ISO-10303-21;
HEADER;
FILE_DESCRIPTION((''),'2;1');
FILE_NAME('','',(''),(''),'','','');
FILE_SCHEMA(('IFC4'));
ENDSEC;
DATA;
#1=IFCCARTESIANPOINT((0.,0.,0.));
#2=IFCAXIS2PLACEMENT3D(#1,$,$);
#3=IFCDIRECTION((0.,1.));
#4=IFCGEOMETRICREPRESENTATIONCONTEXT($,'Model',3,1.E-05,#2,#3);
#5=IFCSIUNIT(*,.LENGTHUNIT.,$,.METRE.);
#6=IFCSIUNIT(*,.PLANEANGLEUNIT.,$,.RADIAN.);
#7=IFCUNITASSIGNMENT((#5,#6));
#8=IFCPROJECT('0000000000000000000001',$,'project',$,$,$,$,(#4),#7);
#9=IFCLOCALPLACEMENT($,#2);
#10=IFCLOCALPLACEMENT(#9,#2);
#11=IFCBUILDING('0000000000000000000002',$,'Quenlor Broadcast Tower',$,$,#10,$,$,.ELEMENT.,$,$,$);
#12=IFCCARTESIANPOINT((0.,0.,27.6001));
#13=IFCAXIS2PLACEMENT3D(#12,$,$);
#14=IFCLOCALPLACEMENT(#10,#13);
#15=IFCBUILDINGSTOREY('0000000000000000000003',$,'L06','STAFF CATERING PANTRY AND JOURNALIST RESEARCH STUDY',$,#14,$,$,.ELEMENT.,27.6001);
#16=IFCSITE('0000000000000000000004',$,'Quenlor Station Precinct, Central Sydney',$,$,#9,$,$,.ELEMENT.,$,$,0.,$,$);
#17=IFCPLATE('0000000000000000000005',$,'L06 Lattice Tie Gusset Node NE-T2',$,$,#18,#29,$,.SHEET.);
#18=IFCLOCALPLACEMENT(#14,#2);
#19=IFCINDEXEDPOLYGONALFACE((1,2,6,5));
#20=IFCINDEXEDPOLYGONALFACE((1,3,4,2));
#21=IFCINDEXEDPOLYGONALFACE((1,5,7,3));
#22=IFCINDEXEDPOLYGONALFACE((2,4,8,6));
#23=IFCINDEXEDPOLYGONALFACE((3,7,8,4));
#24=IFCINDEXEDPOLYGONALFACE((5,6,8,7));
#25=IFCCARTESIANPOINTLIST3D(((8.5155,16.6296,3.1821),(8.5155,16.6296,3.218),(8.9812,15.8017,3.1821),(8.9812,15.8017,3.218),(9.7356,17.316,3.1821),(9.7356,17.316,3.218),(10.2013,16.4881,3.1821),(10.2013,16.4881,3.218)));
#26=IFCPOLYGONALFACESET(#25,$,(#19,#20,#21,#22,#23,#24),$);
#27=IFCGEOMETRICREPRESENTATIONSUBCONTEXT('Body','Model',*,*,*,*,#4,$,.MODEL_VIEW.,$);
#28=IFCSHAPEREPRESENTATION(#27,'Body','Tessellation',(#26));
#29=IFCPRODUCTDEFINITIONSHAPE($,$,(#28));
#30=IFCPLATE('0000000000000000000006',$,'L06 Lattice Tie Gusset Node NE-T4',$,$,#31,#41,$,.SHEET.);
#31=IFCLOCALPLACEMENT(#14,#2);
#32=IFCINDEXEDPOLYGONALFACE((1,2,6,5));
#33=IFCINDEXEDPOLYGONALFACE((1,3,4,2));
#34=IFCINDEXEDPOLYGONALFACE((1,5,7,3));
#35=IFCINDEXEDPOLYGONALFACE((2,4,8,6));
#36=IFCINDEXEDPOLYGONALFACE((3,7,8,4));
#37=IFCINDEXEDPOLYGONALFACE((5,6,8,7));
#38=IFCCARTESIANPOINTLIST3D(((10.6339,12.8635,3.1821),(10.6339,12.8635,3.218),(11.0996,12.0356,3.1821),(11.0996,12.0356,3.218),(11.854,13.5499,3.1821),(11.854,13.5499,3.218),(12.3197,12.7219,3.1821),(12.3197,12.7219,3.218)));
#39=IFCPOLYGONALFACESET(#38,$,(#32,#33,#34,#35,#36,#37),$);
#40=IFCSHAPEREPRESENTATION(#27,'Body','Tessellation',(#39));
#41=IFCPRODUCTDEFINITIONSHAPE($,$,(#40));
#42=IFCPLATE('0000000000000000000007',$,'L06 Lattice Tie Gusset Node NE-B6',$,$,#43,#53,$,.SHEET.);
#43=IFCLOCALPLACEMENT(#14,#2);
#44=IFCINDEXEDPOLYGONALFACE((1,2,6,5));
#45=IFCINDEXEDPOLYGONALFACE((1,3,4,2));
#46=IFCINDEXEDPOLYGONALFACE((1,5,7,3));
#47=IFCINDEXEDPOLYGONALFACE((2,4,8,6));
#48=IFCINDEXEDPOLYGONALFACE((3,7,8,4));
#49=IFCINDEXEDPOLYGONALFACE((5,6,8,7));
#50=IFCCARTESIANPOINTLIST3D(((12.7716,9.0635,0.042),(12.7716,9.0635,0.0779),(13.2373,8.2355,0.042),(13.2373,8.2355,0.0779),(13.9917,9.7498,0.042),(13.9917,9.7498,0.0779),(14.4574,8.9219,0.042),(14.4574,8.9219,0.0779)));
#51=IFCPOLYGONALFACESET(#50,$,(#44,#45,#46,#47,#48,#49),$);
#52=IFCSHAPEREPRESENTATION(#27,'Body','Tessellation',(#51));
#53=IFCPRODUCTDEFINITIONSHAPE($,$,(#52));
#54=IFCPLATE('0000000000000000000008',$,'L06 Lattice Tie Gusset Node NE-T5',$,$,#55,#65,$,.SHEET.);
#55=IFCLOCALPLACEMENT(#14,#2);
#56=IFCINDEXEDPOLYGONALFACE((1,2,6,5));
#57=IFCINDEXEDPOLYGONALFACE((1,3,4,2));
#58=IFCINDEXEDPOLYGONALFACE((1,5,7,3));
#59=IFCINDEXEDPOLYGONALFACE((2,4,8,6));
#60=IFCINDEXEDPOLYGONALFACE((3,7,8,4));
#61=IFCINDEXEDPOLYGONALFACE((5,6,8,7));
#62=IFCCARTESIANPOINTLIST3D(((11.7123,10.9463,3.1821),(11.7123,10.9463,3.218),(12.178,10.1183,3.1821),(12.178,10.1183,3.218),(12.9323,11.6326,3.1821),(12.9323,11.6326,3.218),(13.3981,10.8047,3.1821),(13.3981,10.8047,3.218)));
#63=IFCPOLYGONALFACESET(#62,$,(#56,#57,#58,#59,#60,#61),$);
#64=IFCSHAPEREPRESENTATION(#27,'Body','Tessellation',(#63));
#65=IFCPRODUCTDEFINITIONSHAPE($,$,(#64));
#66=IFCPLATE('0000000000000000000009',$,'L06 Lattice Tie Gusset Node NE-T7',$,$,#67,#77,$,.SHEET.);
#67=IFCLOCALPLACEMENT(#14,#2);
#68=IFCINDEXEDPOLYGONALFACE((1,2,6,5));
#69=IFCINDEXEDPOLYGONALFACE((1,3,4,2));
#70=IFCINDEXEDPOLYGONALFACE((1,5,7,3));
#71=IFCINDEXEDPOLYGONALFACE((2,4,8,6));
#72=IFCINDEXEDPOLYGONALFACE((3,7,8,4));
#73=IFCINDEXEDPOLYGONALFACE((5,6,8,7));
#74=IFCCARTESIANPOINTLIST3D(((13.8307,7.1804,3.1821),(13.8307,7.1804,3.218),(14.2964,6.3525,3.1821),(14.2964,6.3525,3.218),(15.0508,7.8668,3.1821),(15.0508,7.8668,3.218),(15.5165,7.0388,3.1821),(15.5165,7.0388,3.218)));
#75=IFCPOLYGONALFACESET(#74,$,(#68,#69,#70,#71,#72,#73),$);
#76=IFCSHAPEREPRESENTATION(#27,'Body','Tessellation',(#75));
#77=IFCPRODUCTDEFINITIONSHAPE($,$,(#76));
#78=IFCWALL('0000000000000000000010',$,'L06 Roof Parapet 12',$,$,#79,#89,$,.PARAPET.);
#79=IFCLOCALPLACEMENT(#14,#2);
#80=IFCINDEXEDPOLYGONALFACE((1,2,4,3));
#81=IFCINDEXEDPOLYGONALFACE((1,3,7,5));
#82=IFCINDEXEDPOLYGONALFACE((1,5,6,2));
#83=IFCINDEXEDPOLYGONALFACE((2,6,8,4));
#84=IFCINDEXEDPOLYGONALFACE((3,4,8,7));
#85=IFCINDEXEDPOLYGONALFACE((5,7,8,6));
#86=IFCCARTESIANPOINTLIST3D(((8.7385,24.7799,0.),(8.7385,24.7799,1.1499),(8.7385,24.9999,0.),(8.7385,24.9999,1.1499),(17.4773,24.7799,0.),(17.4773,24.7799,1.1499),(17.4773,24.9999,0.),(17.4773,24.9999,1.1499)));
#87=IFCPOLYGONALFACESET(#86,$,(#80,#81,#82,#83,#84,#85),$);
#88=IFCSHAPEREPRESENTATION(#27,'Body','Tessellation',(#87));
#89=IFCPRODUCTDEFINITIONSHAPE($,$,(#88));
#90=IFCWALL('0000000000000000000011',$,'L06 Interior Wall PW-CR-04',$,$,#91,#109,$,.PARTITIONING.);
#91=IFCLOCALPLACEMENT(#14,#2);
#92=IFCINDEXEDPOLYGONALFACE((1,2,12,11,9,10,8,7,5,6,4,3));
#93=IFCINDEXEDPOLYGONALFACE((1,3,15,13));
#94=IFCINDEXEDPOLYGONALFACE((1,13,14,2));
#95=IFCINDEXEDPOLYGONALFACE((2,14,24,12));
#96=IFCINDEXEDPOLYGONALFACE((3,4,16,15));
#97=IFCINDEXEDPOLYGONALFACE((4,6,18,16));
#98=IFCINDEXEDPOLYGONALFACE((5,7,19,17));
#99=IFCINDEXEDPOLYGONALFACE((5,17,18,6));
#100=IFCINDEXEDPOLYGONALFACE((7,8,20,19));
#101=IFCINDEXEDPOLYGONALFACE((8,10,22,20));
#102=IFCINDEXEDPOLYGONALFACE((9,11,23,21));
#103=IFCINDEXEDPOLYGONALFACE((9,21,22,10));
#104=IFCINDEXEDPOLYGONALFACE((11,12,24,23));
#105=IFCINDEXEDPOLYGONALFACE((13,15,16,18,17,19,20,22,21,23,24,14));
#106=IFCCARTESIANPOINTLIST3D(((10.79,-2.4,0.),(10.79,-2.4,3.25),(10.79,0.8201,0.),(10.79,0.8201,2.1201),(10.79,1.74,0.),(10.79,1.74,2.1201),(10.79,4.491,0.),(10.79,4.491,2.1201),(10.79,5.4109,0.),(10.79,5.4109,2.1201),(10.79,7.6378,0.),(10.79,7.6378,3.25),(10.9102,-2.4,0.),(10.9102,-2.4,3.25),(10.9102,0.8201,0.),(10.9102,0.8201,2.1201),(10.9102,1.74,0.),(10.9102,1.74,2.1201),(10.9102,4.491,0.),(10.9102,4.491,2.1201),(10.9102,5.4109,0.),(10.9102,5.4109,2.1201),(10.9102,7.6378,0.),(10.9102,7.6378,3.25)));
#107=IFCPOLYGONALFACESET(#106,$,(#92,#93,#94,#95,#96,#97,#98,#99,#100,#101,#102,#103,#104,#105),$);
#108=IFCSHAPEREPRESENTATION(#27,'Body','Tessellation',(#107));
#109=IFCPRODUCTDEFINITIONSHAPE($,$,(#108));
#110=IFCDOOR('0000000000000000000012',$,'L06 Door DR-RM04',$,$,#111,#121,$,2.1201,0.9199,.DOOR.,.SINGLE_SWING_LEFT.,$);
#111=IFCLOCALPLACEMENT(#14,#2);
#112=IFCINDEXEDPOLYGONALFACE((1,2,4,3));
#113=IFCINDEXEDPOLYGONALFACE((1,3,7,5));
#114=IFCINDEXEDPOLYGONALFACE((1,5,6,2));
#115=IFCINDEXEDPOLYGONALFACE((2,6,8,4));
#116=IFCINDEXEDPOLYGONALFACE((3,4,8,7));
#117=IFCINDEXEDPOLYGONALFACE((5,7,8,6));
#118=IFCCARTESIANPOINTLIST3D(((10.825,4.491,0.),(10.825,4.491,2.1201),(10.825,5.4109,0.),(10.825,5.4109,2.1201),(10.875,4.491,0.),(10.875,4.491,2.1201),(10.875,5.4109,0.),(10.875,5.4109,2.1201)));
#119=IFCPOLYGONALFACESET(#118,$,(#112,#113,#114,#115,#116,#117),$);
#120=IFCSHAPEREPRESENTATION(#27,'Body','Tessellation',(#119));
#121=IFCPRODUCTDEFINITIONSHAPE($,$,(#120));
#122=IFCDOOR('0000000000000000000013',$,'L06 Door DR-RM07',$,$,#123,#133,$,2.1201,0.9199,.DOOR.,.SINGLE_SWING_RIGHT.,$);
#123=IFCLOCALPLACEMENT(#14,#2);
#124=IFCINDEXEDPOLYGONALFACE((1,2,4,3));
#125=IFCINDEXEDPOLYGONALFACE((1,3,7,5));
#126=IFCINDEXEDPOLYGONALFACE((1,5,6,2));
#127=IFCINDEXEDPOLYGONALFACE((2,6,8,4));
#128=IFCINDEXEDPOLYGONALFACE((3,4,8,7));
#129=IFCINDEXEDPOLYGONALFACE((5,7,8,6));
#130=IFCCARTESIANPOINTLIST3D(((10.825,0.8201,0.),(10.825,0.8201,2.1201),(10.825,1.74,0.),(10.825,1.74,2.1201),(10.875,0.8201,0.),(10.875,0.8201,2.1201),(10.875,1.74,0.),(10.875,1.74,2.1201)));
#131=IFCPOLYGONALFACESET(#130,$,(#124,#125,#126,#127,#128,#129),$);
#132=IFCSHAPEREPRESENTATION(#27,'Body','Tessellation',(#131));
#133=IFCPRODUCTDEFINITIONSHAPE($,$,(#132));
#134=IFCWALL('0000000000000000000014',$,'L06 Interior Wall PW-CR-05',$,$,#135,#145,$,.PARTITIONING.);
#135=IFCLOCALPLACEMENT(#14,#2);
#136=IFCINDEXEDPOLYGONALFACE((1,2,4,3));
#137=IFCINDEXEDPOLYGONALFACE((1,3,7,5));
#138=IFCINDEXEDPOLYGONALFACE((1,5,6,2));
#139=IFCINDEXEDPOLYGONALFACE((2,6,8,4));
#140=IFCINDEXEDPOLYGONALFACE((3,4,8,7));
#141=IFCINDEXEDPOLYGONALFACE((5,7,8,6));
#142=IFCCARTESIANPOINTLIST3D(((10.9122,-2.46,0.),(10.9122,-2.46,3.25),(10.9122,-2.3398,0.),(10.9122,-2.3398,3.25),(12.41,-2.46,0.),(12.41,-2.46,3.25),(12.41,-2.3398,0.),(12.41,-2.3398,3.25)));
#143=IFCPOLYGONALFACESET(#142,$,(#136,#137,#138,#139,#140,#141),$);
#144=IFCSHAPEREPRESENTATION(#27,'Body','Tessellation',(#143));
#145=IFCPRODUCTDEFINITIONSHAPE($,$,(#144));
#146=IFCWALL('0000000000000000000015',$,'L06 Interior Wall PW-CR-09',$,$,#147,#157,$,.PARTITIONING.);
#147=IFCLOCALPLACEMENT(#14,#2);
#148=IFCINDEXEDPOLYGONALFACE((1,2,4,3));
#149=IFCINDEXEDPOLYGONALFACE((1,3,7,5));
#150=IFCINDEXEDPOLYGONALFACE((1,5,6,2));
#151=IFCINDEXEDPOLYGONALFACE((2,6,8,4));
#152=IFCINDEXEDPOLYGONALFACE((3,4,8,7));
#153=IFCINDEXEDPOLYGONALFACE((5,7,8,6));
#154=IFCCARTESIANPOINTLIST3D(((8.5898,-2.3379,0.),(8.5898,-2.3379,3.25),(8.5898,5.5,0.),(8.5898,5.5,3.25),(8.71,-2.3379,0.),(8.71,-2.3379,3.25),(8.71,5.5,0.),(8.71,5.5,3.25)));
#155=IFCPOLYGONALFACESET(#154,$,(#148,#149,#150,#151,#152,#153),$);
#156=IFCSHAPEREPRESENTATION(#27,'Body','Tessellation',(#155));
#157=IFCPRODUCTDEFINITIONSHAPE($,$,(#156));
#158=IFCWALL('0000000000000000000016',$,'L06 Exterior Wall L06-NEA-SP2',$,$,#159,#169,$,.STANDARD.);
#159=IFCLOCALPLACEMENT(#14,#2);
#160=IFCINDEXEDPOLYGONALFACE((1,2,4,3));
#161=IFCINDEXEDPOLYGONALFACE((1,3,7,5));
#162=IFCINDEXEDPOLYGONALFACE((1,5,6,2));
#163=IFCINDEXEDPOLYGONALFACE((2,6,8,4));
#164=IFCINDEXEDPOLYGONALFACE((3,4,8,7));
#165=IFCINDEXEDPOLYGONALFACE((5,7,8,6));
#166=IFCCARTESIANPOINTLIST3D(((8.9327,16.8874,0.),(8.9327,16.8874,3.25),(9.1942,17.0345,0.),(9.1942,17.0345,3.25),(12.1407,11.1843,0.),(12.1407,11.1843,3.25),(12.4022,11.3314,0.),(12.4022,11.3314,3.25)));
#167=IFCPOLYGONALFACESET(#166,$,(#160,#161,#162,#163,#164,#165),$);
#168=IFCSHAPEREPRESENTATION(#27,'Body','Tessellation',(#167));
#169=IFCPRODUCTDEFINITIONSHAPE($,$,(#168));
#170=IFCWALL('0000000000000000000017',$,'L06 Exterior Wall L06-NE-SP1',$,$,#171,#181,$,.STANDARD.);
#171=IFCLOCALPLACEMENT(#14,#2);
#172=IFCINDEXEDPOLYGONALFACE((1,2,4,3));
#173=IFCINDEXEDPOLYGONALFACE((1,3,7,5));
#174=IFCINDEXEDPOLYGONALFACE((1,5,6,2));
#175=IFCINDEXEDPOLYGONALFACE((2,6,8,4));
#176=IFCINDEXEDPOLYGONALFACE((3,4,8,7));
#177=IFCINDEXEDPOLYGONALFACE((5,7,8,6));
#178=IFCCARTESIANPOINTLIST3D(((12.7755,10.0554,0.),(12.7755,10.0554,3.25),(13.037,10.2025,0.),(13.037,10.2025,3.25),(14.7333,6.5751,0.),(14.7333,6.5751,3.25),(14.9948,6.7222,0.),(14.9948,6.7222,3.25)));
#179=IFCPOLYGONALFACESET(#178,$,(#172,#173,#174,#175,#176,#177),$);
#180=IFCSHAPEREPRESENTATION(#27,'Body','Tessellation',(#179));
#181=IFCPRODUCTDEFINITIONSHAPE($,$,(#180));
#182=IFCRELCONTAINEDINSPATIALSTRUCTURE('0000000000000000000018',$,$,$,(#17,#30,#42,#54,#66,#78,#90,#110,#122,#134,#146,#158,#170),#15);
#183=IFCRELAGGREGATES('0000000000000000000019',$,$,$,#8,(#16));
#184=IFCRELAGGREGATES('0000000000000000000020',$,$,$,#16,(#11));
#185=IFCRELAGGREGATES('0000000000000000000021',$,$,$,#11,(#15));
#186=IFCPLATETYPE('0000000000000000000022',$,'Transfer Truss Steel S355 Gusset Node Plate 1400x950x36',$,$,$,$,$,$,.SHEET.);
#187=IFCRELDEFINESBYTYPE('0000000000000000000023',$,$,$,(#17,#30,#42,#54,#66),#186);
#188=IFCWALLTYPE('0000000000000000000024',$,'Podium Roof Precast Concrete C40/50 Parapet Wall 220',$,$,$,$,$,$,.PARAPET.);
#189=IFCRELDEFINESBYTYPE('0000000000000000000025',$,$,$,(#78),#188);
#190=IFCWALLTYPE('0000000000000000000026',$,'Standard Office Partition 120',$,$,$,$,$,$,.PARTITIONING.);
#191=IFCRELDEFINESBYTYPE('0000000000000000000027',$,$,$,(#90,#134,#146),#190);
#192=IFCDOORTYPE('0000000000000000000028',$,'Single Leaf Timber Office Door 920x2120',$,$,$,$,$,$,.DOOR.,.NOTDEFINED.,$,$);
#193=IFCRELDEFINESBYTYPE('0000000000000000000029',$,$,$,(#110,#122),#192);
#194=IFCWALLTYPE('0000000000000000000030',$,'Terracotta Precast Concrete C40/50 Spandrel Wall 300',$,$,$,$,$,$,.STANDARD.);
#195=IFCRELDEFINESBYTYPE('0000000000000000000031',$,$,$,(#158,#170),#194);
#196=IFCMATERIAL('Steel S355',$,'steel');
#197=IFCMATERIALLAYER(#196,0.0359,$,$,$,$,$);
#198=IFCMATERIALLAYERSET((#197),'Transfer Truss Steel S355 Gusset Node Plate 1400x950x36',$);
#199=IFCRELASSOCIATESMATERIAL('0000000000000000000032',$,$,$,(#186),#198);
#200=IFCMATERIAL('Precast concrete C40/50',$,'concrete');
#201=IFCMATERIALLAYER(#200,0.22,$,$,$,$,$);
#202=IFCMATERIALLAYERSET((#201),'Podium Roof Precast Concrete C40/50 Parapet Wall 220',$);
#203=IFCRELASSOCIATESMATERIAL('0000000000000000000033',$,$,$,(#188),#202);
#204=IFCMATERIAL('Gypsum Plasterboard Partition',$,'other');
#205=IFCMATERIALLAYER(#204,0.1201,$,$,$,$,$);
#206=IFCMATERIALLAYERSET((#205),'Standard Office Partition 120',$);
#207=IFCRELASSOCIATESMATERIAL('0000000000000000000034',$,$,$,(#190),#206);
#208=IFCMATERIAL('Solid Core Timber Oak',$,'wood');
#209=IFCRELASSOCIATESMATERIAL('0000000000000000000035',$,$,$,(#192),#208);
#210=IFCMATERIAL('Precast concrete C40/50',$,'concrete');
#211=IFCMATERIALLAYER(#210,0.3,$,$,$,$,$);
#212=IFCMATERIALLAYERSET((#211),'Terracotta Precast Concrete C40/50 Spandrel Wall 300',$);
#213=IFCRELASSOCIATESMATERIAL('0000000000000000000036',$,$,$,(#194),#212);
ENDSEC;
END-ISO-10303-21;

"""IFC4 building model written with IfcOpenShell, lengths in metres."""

from ifc_helpers import new_model, si_unit, direction, frame, frame_2d, origin, origin_2d, place, context, subcontext, project, spatial, rectangle, extrude, material, layer, layer_set, type_object, element, fill, save


model = new_model("IFC4")

# Units and contexts
model_context = context("Model", 3, precision=1e-05, world=origin(), true_north=direction((0.0, 1.0)))
body_context = subcontext(model_context, "Body", "Model", "MODEL_VIEW")
ifc_project = project(units=[si_unit("LENGTHUNIT", "METRE"), si_unit("PLANEANGLEUNIT", "RADIAN")], contexts=[model_context])

# Site, building, storey
site_placement = place(None, origin())
site = spatial("IfcSite", under=ifc_project, at=site_placement, Name="Quenlor Station Precinct, Central Sydney", CompositionType="ELEMENT", RefElevation=0.0)
building_placement = place(site_placement, origin())
building = spatial("IfcBuilding", under=site, at=building_placement, Name="Quenlor Broadcast Tower", CompositionType="ELEMENT")
storey_placement = place(building_placement, frame((0.0, 0.0, 27.6001)))
storey = spatial("IfcBuildingStorey", under=building, at=storey_placement, Name="L06", Description="STAFF CATERING PANTRY AND JOURNALIST RESEARCH STUDY", CompositionType="ELEMENT", Elevation=27.6001)

# Plates
ifc_material_1 = material(Name="Steel S355", Category="steel")
ifc_layer_1 = layer(ifc_material_1, 0.0359)
ifc_layer_set_1 = layer_set([ifc_layer_1], Name="Transfer Truss Steel S355 Gusset Node Plate 1400x950x36")
plate_type_1 = type_object("IfcPlateType", Name="Transfer Truss Steel S355 Gusset Node Plate 1400x950x36", PredefinedType="SHEET", material=ifc_layer_set_1)
for number, where, z_axis, x_axis, name in (
    (1, (9.3584, 16.5588, 3.1821), (0.0, 0.0, 1.0), (0.871556, 0.490295, 0.0), "L06 Lattice Tie Gusset Node NE-T2"),
    (2, (11.4768, 12.7927, 3.1821), (0.0, 0.0, 1.0), (0.871556, 0.490295, 0.0), "L06 Lattice Tie Gusset Node NE-T4"),
    (3, (13.6145, 8.9927, 0.042), (0.0, 0.0, 1.0), (0.871556, 0.490295, 0.0), "L06 Lattice Tie Gusset Node NE-B6"),
    (4, (12.5552, 10.8755, 3.1821), (0.0, 0.0, 1.0), (0.871556, 0.490295, 0.0), "L06 Lattice Tie Gusset Node NE-T5"),
    (5, (14.6736, 7.1096, 3.1821), (0.0, 0.0, 1.0), (0.871556, 0.490295, 0.0), "L06 Lattice Tie Gusset Node NE-T7"),
):
    element("IfcPlate", number, at=place(storey_placement, frame(where, z_axis=z_axis, x_axis=x_axis)), inside=storey, type_object=plate_type_1, Name=name, PredefinedType="SHEET", context=body_context, shape_type="SweptSolid", body=[
        extrude(rectangle(XDim=1.3999, YDim=0.95, at=origin_2d()), origin(), (0.0, 0.0, 1.0), 0.0359),
    ])

# Wall
ifc_material_2 = material(Name="Precast concrete C40/50", Category="concrete")
ifc_layer_2 = layer(ifc_material_2, 0.22)
ifc_layer_set_2 = layer_set([ifc_layer_2], Name="Podium Roof Precast Concrete C40/50 Parapet Wall 220")
wall_type_1 = type_object("IfcWallType", Name="Podium Roof Precast Concrete C40/50 Parapet Wall 220", PredefinedType="PARAPET", material=ifc_layer_set_2)
wall_1_placement = place(storey_placement, frame((8.7385, 24.8899, 0.0), z_axis=(0.0, 0.0, 1.0), x_axis=(1.0, 0.0, 0.0)))
element("IfcWall", 6, at=wall_1_placement, inside=storey, type_object=wall_type_1, Name="L06 Roof Parapet 12", PredefinedType="PARAPET", context=body_context, shape_type="SweptSolid", body=[
    extrude(rectangle(XDim=8.7388, YDim=0.22, at=frame_2d((4.3694, 0.0))), origin(), (0.0, 0.0, 1.0), 1.1499),
])

# Wall, openings, doors
ifc_material_3 = material(Name="Gypsum Plasterboard Partition", Category="other")
ifc_layer_3 = layer(ifc_material_3, 0.1201)
ifc_layer_set_3 = layer_set([ifc_layer_3], Name="Standard Office Partition 120")
wall_type_2 = type_object("IfcWallType", Name="Standard Office Partition 120", PredefinedType="PARTITIONING", material=ifc_layer_set_3)
wall_2_placement = place(storey_placement, frame((10.8501, 7.6379, 0.0), z_axis=(0.0, 0.0, 1.0), x_axis=(0.0, -1.0, 0.0)))
wall_2 = element("IfcWall", 7, at=wall_2_placement, inside=storey, type_object=wall_type_2, Name="L06 Interior Wall PW-CR-04", PredefinedType="PARTITIONING", context=body_context, shape_type="SweptSolid", body=[
    extrude(rectangle(XDim=10.0378, YDim=0.1201, at=frame_2d((5.019, 0.0))), origin(), (0.0, 0.0, 1.0), 3.25),
])
opening_1_placement = place(wall_2_placement, frame((2.2271, 0.0, 0.0)))
opening_1 = element("IfcOpeningElement", 8, at=opening_1_placement, cuts=wall_2, PredefinedType="OPENING", context=body_context, shape_type="SweptSolid", body=[
    extrude(rectangle(XDim=0.9199, YDim=2.1201, at=frame_2d((0.46, 1.0601))), frame((0.0, 0.0701, 0.0), z_axis=(0.0, -1.0, 0.0), x_axis=(1.0, 0.0, 0.0)), (0.0, 0.0, 1.0), 0.1401),
])
opening_2_placement = place(wall_2_placement, frame((5.8979, 0.0, 0.0)))
opening_2 = element("IfcOpeningElement", 9, at=opening_2_placement, cuts=wall_2, PredefinedType="OPENING", context=body_context, shape_type="SweptSolid", body=[
    extrude(rectangle(XDim=0.9199, YDim=2.1201, at=frame_2d((0.46, 1.0601))), frame((0.0, 0.0701, 0.0), z_axis=(0.0, -1.0, 0.0), x_axis=(1.0, 0.0, 0.0)), (0.0, 0.0, 1.0), 0.1401),
])
ifc_material_4 = material(Name="Solid Core Timber Oak", Category="wood")
door_type = type_object("IfcDoorType", Name="Single Leaf Timber Office Door 920x2120", OperationType="NOTDEFINED", PredefinedType="DOOR", material=ifc_material_4)
door_1_placement = place(opening_1_placement, origin())
door_1 = element("IfcDoor", 10, at=door_1_placement, inside=storey, type_object=door_type, Name="L06 Door DR-RM04", OperationType="SINGLE_SWING_LEFT", OverallHeight=2.1201, OverallWidth=0.9199, PredefinedType="DOOR", context=body_context, shape_type="SweptSolid", body=[
    extrude(rectangle(XDim=0.9199, YDim=2.1201, at=frame_2d((0.46, 1.0601))), frame((0.0, 0.0249, 0.0), z_axis=(0.0, -1.0, 0.0), x_axis=(1.0, 0.0, 0.0)), (0.0, 0.0, 1.0), 0.05),
])
fill(opening_1, door_1)
door_2_placement = place(opening_2_placement, origin())
door_2 = element("IfcDoor", 11, at=door_2_placement, inside=storey, type_object=door_type, Name="L06 Door DR-RM07", OperationType="SINGLE_SWING_RIGHT", OverallHeight=2.1201, OverallWidth=0.9199, PredefinedType="DOOR", context=body_context, shape_type="SweptSolid", body=[
    extrude(rectangle(XDim=0.9199, YDim=2.1201, at=frame_2d((0.46, 1.0601))), frame((0.0, 0.0249, 0.0), z_axis=(0.0, -1.0, 0.0), x_axis=(1.0, 0.0, 0.0)), (0.0, 0.0, 1.0), 0.05),
])
fill(opening_2, door_2)

# Walls
wall_3_placement = place(storey_placement, frame((10.9121, -2.3999, 0.0), z_axis=(0.0, 0.0, 1.0), x_axis=(1.0, 0.0, 0.0)))
element("IfcWall", 12, at=wall_3_placement, inside=storey, type_object=wall_type_2, Name="L06 Interior Wall PW-CR-05", PredefinedType="PARTITIONING", context=body_context, shape_type="SweptSolid", body=[
    extrude(rectangle(XDim=1.4978, YDim=0.1201, at=frame_2d((0.749, 0.0))), origin(), (0.0, 0.0, 1.0), 3.25),
])
wall_4_placement = place(storey_placement, frame((8.6499, -2.3379, 0.0), z_axis=(0.0, 0.0, 1.0), x_axis=(0.0, 1.0, 0.0)))
element("IfcWall", 13, at=wall_4_placement, inside=storey, type_object=wall_type_2, Name="L06 Interior Wall PW-CR-09", PredefinedType="PARTITIONING", context=body_context, shape_type="SweptSolid", body=[
    extrude(rectangle(XDim=7.8379, YDim=0.1201, at=frame_2d((3.9189, 0.0))), origin(), (0.0, 0.0, 1.0), 3.25),
])
ifc_material_5 = material(Name="Precast concrete C40/50", Category="concrete")
ifc_layer_4 = layer(ifc_material_5, 0.3)
ifc_layer_set_4 = layer_set([ifc_layer_4], Name="Terracotta Precast Concrete C40/50 Spandrel Wall 300")
wall_type_3 = type_object("IfcWallType", Name="Terracotta Precast Concrete C40/50 Spandrel Wall 300", PredefinedType="STANDARD", material=ifc_layer_set_4)
wall_5_placement = place(storey_placement, frame((9.0635, 16.9609, 0.0), z_axis=(0.0, 0.0, 1.0), x_axis=(0.490261, -0.871576, 0.0)))
element("IfcWall", 14, at=wall_5_placement, inside=storey, type_object=wall_type_3, Name="L06 Exterior Wall L06-NEA-SP2", PredefinedType="STANDARD", context=body_context, shape_type="SweptSolid", body=[
    extrude(rectangle(XDim=6.5435, YDim=0.3, at=frame_2d((3.2717, 0.0))), origin(), (0.0, 0.0, 1.0), 3.25),
])
wall_6_placement = place(storey_placement, frame((12.9062, 10.1289, 0.0), z_axis=(0.0, 0.0, 1.0), x_axis=(0.490287, -0.871561, 0.0)))
element("IfcWall", 15, at=wall_6_placement, inside=storey, type_object=wall_type_3, Name="L06 Exterior Wall L06-NE-SP1", PredefinedType="STANDARD", context=body_context, shape_type="SweptSolid", body=[
    extrude(rectangle(XDim=3.9932, YDim=0.3, at=frame_2d((1.9966, 0.0))), origin(), (0.0, 0.0, 1.0), 3.25),
])

save(model, "model.ifc")
